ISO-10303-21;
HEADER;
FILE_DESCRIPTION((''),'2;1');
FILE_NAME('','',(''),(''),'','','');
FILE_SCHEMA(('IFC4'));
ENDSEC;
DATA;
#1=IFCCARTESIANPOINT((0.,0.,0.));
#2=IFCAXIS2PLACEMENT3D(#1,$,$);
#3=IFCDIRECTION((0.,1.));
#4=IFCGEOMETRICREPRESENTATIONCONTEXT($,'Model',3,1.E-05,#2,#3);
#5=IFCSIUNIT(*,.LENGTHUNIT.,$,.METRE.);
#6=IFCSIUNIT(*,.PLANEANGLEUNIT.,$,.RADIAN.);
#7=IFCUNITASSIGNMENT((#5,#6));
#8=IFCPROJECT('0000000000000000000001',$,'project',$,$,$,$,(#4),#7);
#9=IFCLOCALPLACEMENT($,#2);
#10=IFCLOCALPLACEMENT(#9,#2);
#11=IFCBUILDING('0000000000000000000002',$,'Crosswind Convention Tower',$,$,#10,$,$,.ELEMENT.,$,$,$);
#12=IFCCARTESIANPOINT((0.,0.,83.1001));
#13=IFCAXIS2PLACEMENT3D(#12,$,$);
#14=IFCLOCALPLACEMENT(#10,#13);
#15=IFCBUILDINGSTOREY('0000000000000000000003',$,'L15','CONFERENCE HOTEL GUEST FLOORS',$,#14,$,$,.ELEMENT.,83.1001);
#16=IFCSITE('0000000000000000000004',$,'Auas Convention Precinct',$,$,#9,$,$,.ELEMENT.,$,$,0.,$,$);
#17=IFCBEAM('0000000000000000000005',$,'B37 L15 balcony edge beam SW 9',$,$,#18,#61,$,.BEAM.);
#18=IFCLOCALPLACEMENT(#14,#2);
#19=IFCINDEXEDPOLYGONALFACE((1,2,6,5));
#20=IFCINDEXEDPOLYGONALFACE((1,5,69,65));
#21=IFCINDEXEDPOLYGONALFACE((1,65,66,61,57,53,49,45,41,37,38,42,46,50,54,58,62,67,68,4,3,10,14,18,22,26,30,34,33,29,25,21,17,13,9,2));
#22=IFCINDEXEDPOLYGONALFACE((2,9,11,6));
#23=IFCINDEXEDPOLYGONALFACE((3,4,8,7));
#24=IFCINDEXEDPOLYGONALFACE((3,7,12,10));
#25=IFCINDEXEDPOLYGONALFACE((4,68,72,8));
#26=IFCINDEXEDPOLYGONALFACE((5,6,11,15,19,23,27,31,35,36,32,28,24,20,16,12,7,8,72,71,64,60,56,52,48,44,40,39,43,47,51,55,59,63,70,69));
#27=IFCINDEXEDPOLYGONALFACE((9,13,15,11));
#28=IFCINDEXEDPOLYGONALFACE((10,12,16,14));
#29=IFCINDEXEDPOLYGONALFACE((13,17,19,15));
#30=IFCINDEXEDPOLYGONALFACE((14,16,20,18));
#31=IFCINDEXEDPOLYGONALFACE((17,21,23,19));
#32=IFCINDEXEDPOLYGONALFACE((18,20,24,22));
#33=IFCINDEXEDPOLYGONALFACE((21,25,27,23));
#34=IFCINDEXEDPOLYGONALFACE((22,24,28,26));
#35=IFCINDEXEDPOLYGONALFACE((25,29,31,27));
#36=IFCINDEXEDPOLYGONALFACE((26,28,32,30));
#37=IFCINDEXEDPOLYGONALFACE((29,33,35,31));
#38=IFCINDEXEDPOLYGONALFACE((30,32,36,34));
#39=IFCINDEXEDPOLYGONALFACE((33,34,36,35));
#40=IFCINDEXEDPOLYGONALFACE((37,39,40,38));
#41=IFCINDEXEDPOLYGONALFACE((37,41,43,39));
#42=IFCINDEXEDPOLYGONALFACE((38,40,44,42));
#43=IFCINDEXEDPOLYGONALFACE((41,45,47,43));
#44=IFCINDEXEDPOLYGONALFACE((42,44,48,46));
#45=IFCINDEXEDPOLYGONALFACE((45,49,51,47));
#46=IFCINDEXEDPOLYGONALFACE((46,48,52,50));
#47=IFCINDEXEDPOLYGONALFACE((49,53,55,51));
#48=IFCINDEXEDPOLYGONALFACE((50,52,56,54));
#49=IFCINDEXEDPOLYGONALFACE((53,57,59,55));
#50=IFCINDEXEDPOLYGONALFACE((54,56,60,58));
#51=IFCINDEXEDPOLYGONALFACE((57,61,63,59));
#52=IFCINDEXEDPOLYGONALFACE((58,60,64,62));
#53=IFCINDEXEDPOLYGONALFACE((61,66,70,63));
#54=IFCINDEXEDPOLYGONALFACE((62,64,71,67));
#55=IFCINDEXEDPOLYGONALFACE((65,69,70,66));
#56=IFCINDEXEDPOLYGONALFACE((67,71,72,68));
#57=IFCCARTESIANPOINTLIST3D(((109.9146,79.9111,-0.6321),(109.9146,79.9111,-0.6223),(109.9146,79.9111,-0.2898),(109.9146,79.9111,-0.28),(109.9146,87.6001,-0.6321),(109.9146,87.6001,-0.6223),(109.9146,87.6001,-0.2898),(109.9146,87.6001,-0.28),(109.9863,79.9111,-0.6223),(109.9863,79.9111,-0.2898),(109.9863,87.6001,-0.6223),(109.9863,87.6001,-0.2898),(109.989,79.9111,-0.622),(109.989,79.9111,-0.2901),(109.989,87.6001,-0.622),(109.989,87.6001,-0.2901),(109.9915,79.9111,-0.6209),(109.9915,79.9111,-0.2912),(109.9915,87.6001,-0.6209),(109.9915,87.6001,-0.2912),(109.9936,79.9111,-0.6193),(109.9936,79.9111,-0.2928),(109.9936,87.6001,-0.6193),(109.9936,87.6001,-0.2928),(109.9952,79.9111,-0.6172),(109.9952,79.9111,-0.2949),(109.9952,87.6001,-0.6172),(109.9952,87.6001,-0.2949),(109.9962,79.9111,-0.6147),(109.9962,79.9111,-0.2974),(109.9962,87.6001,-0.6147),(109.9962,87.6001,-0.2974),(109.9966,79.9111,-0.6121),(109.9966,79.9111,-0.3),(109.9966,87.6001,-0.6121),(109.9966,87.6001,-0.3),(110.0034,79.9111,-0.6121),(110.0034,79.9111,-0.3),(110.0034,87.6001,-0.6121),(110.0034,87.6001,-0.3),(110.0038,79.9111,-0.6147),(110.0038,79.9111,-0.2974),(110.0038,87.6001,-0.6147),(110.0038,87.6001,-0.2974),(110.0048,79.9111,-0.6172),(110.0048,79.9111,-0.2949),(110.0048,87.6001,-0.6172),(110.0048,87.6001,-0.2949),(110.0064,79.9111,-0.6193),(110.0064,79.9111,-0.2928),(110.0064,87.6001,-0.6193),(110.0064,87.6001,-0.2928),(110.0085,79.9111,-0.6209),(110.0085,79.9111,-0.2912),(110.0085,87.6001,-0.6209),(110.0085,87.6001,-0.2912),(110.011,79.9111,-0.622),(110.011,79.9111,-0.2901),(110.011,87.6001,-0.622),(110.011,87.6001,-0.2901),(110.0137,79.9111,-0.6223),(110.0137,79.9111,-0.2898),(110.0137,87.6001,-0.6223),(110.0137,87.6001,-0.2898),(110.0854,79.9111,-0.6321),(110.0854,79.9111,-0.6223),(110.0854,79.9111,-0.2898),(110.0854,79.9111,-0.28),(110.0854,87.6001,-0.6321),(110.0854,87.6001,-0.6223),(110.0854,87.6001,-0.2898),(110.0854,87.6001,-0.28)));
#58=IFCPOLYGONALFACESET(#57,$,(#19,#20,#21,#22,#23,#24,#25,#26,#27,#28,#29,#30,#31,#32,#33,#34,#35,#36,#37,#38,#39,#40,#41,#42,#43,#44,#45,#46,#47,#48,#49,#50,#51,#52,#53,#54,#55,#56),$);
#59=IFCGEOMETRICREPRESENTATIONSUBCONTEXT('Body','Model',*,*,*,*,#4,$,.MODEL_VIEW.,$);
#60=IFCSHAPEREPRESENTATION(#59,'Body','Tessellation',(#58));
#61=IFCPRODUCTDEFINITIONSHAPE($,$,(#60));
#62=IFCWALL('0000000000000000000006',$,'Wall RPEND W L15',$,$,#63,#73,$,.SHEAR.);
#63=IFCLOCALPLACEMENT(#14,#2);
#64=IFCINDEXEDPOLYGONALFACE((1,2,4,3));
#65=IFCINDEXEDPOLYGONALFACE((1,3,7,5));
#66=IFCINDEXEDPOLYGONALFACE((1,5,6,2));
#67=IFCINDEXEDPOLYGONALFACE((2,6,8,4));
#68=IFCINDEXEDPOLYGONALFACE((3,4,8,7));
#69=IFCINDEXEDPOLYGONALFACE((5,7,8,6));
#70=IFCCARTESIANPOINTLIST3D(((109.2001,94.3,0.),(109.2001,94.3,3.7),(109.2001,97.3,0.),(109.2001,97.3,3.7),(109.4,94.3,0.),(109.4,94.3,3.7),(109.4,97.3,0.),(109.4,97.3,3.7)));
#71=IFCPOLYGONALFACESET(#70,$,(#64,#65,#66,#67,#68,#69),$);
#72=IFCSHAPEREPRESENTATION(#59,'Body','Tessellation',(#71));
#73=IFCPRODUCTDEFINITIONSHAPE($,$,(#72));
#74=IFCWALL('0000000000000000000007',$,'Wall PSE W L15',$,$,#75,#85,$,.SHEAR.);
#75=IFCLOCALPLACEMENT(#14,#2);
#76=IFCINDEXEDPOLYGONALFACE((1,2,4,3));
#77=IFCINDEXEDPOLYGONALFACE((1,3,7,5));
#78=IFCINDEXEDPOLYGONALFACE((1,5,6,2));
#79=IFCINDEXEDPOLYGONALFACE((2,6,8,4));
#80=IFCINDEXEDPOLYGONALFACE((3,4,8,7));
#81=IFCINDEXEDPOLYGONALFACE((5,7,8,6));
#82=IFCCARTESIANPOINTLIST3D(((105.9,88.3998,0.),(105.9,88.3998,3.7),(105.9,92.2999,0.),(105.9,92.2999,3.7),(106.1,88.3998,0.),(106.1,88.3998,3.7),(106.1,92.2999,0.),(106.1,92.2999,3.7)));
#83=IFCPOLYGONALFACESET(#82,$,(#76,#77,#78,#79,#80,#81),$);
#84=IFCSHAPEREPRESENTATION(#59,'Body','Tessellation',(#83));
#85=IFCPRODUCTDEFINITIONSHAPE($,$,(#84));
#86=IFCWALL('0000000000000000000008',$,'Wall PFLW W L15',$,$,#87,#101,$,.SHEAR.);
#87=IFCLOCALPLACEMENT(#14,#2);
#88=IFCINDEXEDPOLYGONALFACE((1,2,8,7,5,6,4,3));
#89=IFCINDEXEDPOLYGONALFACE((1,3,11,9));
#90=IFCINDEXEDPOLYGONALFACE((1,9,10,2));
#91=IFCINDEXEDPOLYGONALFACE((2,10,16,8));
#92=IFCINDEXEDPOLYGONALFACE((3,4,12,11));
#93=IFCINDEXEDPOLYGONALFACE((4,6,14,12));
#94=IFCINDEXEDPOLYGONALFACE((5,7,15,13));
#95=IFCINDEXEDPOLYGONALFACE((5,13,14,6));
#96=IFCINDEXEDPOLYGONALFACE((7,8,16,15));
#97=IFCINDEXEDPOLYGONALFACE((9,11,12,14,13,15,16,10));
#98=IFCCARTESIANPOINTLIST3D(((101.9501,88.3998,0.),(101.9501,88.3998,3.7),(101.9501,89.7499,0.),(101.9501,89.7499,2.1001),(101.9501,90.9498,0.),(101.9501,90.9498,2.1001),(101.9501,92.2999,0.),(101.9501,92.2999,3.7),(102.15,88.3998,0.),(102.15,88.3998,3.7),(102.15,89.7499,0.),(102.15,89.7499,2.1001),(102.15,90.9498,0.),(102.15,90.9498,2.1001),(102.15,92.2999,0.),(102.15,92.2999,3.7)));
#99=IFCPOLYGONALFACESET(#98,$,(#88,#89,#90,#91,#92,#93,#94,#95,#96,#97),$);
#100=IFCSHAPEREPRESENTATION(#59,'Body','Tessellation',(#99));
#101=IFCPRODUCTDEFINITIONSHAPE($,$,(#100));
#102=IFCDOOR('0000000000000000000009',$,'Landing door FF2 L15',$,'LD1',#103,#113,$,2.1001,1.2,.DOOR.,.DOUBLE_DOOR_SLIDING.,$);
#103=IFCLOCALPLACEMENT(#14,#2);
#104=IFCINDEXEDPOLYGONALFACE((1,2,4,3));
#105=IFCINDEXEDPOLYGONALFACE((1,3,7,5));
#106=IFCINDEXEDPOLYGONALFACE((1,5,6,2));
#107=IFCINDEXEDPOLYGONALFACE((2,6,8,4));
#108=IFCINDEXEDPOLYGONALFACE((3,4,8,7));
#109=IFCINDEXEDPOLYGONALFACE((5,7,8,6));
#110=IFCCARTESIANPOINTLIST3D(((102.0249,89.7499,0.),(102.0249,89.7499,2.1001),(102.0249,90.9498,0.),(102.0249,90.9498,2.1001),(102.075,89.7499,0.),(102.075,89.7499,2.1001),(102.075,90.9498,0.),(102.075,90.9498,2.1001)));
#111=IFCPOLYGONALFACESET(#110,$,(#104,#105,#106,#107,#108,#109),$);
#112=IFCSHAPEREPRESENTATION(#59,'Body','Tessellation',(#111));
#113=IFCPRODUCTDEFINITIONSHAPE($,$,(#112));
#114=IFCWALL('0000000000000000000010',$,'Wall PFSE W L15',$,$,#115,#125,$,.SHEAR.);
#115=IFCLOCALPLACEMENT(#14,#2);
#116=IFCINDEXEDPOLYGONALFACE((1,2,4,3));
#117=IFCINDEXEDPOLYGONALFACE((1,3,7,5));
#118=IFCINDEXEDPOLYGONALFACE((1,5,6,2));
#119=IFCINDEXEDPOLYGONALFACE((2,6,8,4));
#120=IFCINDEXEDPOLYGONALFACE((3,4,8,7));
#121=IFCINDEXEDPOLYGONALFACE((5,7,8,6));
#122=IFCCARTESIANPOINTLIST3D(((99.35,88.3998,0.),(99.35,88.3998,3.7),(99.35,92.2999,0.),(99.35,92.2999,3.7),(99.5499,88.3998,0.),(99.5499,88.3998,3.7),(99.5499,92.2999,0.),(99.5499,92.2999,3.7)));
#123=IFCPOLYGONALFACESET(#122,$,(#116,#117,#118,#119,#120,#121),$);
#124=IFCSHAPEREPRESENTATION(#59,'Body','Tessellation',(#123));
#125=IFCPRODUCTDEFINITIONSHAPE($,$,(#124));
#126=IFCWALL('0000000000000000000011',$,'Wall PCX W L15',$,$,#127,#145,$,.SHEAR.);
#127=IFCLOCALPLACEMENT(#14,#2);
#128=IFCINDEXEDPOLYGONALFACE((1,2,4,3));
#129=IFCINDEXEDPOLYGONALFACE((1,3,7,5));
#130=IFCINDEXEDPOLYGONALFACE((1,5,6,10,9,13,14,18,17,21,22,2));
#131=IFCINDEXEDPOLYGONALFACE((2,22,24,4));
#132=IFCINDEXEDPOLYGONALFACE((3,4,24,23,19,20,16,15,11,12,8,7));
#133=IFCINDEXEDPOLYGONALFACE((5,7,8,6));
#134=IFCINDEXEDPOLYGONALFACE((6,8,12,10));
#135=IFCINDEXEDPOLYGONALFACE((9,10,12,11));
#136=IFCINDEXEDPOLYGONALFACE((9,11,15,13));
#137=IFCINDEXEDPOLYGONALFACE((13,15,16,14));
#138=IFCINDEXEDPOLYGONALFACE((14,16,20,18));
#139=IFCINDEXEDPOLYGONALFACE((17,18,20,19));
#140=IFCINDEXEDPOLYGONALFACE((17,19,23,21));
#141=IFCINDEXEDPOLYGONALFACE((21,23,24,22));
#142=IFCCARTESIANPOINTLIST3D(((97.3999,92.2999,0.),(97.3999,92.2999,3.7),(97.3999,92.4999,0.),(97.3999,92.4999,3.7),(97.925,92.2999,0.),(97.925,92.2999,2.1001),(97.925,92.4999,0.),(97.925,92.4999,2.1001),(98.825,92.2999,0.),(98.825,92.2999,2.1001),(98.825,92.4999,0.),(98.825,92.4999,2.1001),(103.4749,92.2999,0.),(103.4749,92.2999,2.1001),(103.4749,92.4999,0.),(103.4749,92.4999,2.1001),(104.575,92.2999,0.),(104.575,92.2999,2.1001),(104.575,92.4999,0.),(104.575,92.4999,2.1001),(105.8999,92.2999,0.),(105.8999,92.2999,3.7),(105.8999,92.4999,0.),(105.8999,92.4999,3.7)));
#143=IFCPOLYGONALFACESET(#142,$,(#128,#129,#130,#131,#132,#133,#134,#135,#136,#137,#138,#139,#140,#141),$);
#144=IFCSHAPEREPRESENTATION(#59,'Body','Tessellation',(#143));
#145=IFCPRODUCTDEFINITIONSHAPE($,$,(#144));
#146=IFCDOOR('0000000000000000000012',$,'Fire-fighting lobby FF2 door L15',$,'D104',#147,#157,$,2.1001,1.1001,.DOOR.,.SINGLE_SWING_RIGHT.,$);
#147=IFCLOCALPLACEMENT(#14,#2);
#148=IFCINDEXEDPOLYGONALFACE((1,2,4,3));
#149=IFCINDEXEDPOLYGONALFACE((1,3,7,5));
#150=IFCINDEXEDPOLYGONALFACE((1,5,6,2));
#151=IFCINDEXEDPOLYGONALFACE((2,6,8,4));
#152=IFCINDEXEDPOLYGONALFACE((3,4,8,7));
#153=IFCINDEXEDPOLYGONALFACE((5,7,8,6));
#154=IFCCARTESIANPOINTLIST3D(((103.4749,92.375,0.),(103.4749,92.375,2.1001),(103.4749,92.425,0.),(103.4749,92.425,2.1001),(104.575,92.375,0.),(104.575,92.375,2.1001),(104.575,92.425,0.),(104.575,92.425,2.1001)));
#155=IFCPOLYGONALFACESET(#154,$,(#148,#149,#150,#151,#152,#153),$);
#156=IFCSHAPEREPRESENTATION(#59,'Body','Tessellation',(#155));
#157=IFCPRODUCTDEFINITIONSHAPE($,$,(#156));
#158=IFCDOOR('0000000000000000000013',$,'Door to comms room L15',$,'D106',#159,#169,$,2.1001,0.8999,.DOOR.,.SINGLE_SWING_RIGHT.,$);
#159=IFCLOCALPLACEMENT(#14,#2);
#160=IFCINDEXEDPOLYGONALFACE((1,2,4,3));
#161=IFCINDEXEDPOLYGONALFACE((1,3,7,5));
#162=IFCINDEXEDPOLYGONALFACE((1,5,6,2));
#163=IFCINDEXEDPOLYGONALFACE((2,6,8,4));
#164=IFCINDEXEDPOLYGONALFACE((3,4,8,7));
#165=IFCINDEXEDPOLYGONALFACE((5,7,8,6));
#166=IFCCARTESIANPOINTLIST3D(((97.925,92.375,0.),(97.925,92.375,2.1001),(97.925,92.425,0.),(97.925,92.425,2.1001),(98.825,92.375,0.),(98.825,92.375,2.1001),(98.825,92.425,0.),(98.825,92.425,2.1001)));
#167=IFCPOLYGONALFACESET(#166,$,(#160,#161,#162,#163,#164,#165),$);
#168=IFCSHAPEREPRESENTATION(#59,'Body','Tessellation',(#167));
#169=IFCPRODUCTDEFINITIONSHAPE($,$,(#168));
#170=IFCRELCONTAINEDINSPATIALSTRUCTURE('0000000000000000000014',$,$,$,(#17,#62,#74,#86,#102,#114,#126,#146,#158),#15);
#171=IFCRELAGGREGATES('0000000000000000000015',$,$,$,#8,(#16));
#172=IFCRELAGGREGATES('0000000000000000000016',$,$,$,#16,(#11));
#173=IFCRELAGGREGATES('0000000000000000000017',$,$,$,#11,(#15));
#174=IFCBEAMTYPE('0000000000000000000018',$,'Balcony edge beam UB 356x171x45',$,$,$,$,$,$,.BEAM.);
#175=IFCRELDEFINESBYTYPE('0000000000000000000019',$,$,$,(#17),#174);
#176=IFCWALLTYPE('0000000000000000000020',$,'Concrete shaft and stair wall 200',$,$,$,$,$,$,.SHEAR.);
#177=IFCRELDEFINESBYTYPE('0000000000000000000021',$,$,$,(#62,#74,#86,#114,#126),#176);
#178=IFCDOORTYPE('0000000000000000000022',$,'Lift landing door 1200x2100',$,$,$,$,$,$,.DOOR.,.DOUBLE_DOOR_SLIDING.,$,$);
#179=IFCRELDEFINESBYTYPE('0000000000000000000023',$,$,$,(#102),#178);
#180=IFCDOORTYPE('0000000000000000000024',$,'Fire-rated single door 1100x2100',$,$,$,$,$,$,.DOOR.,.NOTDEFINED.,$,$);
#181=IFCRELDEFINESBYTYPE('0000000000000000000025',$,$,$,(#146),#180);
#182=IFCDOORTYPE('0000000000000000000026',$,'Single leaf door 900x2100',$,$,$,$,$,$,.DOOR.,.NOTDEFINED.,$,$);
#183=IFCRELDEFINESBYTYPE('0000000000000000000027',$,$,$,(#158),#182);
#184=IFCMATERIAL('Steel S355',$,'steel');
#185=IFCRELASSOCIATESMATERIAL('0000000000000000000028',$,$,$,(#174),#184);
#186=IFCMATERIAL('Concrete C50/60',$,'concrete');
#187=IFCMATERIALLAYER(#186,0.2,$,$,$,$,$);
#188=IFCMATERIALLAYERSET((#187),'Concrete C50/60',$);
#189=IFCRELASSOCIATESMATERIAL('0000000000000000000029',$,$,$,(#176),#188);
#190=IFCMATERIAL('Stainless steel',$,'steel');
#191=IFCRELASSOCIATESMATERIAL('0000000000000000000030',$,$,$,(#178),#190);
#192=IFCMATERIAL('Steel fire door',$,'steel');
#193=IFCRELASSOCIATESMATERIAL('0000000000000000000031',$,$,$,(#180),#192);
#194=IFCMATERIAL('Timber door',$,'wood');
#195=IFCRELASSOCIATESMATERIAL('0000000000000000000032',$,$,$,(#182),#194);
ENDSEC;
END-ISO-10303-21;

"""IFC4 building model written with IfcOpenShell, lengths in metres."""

from ifc_helpers import new_model, si_unit, direction, frame, frame_2d, origin, origin_2d, place, context, subcontext, project, spatial, rectangle, i_section, extrude, material, layer, layer_set, material_profile, profile_set, type_object, element, fill, save


model = new_model("IFC4")

# Units and contexts
model_context = context("Model", 3, precision=1e-05, world=origin(), true_north=direction((0.0, 1.0)))
body_context = subcontext(model_context, "Body", "Model", "MODEL_VIEW")
ifc_project = project(units=[si_unit("LENGTHUNIT", "METRE"), si_unit("PLANEANGLEUNIT", "RADIAN")], contexts=[model_context])

# Site, building, storey
site_placement = place(None, origin())
site = spatial("IfcSite", under=ifc_project, at=site_placement, Name="Auas Convention Precinct", CompositionType="ELEMENT", RefElevation=0.0)
building_placement = place(site_placement, origin())
building = spatial("IfcBuilding", under=site, at=building_placement, Name="Crosswind Convention Tower", CompositionType="ELEMENT")
storey_placement = place(building_placement, frame((0.0, 0.0, 83.1001)))
storey = spatial("IfcBuildingStorey", under=building, at=storey_placement, Name="L15", Description="CONFERENCE HOTEL GUEST FLOORS", CompositionType="ELEMENT", Elevation=83.1001)

# Beam
ifc_material_1 = material(Name="Steel S355", Category="steel")
ifc_material_profile = material_profile(ifc_material_1, i_section(OverallWidth=0.1709, OverallDepth=0.3521, WebThickness=0.0068, FlangeThickness=0.0098, FilletRadius=0.0103, at=origin_2d()), Name="UB 356x171x45")
ifc_profile_set = profile_set([ifc_material_profile], Name="Steel S355")
beam_type = type_object("IfcBeamType", Name="Balcony edge beam UB 356x171x45", PredefinedType="BEAM", material=ifc_profile_set)
beam_placement = place(storey_placement, frame((110.0, 87.6001, -0.4561), z_axis=(0.0, -1.0, 0.0), x_axis=(1.0, 0.0, 0.0)))
element("IfcBeam", 1, at=beam_placement, inside=storey, type_object=beam_type, Name="B37 L15 balcony edge beam SW 9", PredefinedType="BEAM", context=body_context, shape_type="SweptSolid", body=[
    extrude(i_section(OverallWidth=0.1709, OverallDepth=0.3521, WebThickness=0.0068, FlangeThickness=0.0098, FilletRadius=0.0103, at=origin_2d()), origin(), (0.0, 0.0, 1.0), 7.689),
])

# Walls
ifc_material_2 = material(Name="Concrete C50/60", Category="concrete")
ifc_layer_1 = layer(ifc_material_2, 0.2)
ifc_layer_set_1 = layer_set([ifc_layer_1], Name="Concrete C50/60")
wall_type_1 = type_object("IfcWallType", Name="Concrete shaft and stair wall 200", PredefinedType="SHEAR", material=ifc_layer_set_1)
wall_1_placement = place(storey_placement, frame((109.3, 97.3, 0.0), z_axis=(0.0, 0.0, 1.0), x_axis=(0.0, -1.0, 0.0)))
element("IfcWall", 2, at=wall_1_placement, inside=storey, type_object=wall_type_1, Name="Wall RPEND W L15", PredefinedType="SHEAR", context=body_context, shape_type="SweptSolid", body=[
    extrude(rectangle(XDim=3.0, YDim=0.2, at=frame_2d((1.5, 0.0))), origin(), (0.0, 0.0, 1.0), 3.7),
])
wall_2_placement = place(storey_placement, frame((106.0, 92.3, 0.0), z_axis=(0.0, 0.0, 1.0), x_axis=(0.0, -1.0, 0.0)))
element("IfcWall", 3, at=wall_2_placement, inside=storey, type_object=wall_type_1, Name="Wall PSE W L15", PredefinedType="SHEAR", context=body_context, shape_type="SweptSolid", body=[
    extrude(rectangle(XDim=3.9001, YDim=0.2, at=frame_2d((1.9502, 0.0))), origin(), (0.0, 0.0, 1.0), 3.7),
])

# Wall, opening, door
wall_3_placement = place(storey_placement, frame((102.05, 92.3, 0.0), z_axis=(0.0, 0.0, 1.0), x_axis=(0.0, -1.0, 0.0)))
wall_3 = element("IfcWall", 4, at=wall_3_placement, inside=storey, type_object=wall_type_1, Name="Wall PFLW W L15", PredefinedType="SHEAR", context=body_context, shape_type="SweptSolid", body=[
    extrude(rectangle(XDim=3.9001, YDim=0.2, at=frame_2d((1.9502, 0.0))), origin(), (0.0, 0.0, 1.0), 3.7),
])
opening_1_placement = place(wall_3_placement, frame((1.3501, 0.0, 0.0)))
opening_1 = element("IfcOpeningElement", 5, at=opening_1_placement, cuts=wall_3, PredefinedType="OPENING", context=body_context, shape_type="SweptSolid", body=[
    extrude(rectangle(XDim=1.2, YDim=2.1001, at=frame_2d((0.6001, 1.05))), frame((0.0, 0.1099, 0.0), z_axis=(0.0, -1.0, 0.0), x_axis=(1.0, 0.0, 0.0)), (0.0, 0.0, 1.0), 0.22),
])
ifc_material_3 = material(Name="Stainless steel", Category="steel")
door_type_1 = type_object("IfcDoorType", Name="Lift landing door 1200x2100", OperationType="DOUBLE_DOOR_SLIDING", PredefinedType="DOOR", material=ifc_material_3)
door_1_placement = place(opening_1_placement, origin())
door_1 = element("IfcDoor", 6, at=door_1_placement, inside=storey, type_object=door_type_1, Name="Landing door FF2 L15", ObjectType="LD1", OperationType="DOUBLE_DOOR_SLIDING", OverallHeight=2.1001, OverallWidth=1.2, PredefinedType="DOOR", context=body_context, shape_type="SweptSolid", body=[
    extrude(rectangle(XDim=1.2, YDim=2.1001, at=frame_2d((0.6001, 1.05))), frame((0.0, 0.0249, 0.0), z_axis=(0.0, -1.0, 0.0), x_axis=(1.0, 0.0, 0.0)), (0.0, 0.0, 1.0), 0.05),
])
fill(opening_1, door_1)

# Wall
wall_4_placement = place(storey_placement, frame((99.45, 92.3, 0.0), z_axis=(0.0, 0.0, 1.0), x_axis=(0.0, -1.0, 0.0)))
element("IfcWall", 7, at=wall_4_placement, inside=storey, type_object=wall_type_1, Name="Wall PFSE W L15", PredefinedType="SHEAR", context=body_context, shape_type="SweptSolid", body=[
    extrude(rectangle(XDim=3.9001, YDim=0.2, at=frame_2d((1.9502, 0.0))), origin(), (0.0, 0.0, 1.0), 3.7),
])

# Wall, openings, doors
wall_5_placement = place(storey_placement, frame((105.8999, 92.3999, 0.0), z_axis=(0.0, 0.0, 1.0), x_axis=(-1.0, 0.0, 0.0)))
wall_5 = element("IfcWall", 8, at=wall_5_placement, inside=storey, type_object=wall_type_1, Name="Wall PCX W L15", PredefinedType="SHEAR", context=body_context, shape_type="SweptSolid", body=[
    extrude(rectangle(XDim=8.5, YDim=0.2, at=frame_2d((4.25, 0.0))), origin(), (0.0, 0.0, 1.0), 3.7),
])
opening_2_placement = place(wall_5_placement, frame((1.325, 0.0, 0.0)))
opening_2 = element("IfcOpeningElement", 9, at=opening_2_placement, cuts=wall_5, PredefinedType="OPENING", context=body_context, shape_type="SweptSolid", body=[
    extrude(rectangle(XDim=1.1001, YDim=2.1001, at=frame_2d((0.55, 1.05))), frame((0.0, 0.1099, 0.0), z_axis=(0.0, -1.0, 0.0), x_axis=(1.0, 0.0, 0.0)), (0.0, 0.0, 1.0), 0.22),
])
opening_3_placement = place(wall_5_placement, frame((7.075, 0.0, 0.0)))
opening_3 = element("IfcOpeningElement", 10, at=opening_3_placement, cuts=wall_5, PredefinedType="OPENING", context=body_context, shape_type="SweptSolid", body=[
    extrude(rectangle(XDim=0.8999, YDim=2.1001, at=frame_2d((0.45, 1.05))), frame((0.0, 0.1099, 0.0), z_axis=(0.0, -1.0, 0.0), x_axis=(1.0, 0.0, 0.0)), (0.0, 0.0, 1.0), 0.22),
])
ifc_material_4 = material(Name="Steel fire door", Category="steel")
door_type_2 = type_object("IfcDoorType", Name="Fire-rated single door 1100x2100", OperationType="NOTDEFINED", PredefinedType="DOOR", material=ifc_material_4)
door_2_placement = place(opening_2_placement, origin())
door_2 = element("IfcDoor", 11, at=door_2_placement, inside=storey, type_object=door_type_2, Name="Fire-fighting lobby FF2 door L15", ObjectType="D104", OperationType="SINGLE_SWING_RIGHT", OverallHeight=2.1001, OverallWidth=1.1001, PredefinedType="DOOR", context=body_context, shape_type="SweptSolid", body=[
    extrude(rectangle(XDim=1.1001, YDim=2.1001, at=frame_2d((0.55, 1.05))), frame((0.0, 0.0249, 0.0), z_axis=(0.0, -1.0, 0.0), x_axis=(1.0, 0.0, 0.0)), (0.0, 0.0, 1.0), 0.05),
])
fill(opening_2, door_2)
ifc_material_5 = material(Name="Timber door", Category="wood")
door_type_3 = type_object("IfcDoorType", Name="Single leaf door 900x2100", OperationType="NOTDEFINED", PredefinedType="DOOR", material=ifc_material_5)
door_3_placement = place(opening_3_placement, origin())
door_3 = element("IfcDoor", 12, at=door_3_placement, inside=storey, type_object=door_type_3, Name="Door to comms room L15", ObjectType="D106", OperationType="SINGLE_SWING_RIGHT", OverallHeight=2.1001, OverallWidth=0.8999, PredefinedType="DOOR", context=body_context, shape_type="SweptSolid", body=[
    extrude(rectangle(XDim=0.8999, YDim=2.1001, at=frame_2d((0.45, 1.05))), frame((0.0, 0.0249, 0.0), z_axis=(0.0, -1.0, 0.0), x_axis=(1.0, 0.0, 0.0)), (0.0, 0.0, 1.0), 0.05),
])
fill(opening_3, door_3)

save(model, "model.ifc")
